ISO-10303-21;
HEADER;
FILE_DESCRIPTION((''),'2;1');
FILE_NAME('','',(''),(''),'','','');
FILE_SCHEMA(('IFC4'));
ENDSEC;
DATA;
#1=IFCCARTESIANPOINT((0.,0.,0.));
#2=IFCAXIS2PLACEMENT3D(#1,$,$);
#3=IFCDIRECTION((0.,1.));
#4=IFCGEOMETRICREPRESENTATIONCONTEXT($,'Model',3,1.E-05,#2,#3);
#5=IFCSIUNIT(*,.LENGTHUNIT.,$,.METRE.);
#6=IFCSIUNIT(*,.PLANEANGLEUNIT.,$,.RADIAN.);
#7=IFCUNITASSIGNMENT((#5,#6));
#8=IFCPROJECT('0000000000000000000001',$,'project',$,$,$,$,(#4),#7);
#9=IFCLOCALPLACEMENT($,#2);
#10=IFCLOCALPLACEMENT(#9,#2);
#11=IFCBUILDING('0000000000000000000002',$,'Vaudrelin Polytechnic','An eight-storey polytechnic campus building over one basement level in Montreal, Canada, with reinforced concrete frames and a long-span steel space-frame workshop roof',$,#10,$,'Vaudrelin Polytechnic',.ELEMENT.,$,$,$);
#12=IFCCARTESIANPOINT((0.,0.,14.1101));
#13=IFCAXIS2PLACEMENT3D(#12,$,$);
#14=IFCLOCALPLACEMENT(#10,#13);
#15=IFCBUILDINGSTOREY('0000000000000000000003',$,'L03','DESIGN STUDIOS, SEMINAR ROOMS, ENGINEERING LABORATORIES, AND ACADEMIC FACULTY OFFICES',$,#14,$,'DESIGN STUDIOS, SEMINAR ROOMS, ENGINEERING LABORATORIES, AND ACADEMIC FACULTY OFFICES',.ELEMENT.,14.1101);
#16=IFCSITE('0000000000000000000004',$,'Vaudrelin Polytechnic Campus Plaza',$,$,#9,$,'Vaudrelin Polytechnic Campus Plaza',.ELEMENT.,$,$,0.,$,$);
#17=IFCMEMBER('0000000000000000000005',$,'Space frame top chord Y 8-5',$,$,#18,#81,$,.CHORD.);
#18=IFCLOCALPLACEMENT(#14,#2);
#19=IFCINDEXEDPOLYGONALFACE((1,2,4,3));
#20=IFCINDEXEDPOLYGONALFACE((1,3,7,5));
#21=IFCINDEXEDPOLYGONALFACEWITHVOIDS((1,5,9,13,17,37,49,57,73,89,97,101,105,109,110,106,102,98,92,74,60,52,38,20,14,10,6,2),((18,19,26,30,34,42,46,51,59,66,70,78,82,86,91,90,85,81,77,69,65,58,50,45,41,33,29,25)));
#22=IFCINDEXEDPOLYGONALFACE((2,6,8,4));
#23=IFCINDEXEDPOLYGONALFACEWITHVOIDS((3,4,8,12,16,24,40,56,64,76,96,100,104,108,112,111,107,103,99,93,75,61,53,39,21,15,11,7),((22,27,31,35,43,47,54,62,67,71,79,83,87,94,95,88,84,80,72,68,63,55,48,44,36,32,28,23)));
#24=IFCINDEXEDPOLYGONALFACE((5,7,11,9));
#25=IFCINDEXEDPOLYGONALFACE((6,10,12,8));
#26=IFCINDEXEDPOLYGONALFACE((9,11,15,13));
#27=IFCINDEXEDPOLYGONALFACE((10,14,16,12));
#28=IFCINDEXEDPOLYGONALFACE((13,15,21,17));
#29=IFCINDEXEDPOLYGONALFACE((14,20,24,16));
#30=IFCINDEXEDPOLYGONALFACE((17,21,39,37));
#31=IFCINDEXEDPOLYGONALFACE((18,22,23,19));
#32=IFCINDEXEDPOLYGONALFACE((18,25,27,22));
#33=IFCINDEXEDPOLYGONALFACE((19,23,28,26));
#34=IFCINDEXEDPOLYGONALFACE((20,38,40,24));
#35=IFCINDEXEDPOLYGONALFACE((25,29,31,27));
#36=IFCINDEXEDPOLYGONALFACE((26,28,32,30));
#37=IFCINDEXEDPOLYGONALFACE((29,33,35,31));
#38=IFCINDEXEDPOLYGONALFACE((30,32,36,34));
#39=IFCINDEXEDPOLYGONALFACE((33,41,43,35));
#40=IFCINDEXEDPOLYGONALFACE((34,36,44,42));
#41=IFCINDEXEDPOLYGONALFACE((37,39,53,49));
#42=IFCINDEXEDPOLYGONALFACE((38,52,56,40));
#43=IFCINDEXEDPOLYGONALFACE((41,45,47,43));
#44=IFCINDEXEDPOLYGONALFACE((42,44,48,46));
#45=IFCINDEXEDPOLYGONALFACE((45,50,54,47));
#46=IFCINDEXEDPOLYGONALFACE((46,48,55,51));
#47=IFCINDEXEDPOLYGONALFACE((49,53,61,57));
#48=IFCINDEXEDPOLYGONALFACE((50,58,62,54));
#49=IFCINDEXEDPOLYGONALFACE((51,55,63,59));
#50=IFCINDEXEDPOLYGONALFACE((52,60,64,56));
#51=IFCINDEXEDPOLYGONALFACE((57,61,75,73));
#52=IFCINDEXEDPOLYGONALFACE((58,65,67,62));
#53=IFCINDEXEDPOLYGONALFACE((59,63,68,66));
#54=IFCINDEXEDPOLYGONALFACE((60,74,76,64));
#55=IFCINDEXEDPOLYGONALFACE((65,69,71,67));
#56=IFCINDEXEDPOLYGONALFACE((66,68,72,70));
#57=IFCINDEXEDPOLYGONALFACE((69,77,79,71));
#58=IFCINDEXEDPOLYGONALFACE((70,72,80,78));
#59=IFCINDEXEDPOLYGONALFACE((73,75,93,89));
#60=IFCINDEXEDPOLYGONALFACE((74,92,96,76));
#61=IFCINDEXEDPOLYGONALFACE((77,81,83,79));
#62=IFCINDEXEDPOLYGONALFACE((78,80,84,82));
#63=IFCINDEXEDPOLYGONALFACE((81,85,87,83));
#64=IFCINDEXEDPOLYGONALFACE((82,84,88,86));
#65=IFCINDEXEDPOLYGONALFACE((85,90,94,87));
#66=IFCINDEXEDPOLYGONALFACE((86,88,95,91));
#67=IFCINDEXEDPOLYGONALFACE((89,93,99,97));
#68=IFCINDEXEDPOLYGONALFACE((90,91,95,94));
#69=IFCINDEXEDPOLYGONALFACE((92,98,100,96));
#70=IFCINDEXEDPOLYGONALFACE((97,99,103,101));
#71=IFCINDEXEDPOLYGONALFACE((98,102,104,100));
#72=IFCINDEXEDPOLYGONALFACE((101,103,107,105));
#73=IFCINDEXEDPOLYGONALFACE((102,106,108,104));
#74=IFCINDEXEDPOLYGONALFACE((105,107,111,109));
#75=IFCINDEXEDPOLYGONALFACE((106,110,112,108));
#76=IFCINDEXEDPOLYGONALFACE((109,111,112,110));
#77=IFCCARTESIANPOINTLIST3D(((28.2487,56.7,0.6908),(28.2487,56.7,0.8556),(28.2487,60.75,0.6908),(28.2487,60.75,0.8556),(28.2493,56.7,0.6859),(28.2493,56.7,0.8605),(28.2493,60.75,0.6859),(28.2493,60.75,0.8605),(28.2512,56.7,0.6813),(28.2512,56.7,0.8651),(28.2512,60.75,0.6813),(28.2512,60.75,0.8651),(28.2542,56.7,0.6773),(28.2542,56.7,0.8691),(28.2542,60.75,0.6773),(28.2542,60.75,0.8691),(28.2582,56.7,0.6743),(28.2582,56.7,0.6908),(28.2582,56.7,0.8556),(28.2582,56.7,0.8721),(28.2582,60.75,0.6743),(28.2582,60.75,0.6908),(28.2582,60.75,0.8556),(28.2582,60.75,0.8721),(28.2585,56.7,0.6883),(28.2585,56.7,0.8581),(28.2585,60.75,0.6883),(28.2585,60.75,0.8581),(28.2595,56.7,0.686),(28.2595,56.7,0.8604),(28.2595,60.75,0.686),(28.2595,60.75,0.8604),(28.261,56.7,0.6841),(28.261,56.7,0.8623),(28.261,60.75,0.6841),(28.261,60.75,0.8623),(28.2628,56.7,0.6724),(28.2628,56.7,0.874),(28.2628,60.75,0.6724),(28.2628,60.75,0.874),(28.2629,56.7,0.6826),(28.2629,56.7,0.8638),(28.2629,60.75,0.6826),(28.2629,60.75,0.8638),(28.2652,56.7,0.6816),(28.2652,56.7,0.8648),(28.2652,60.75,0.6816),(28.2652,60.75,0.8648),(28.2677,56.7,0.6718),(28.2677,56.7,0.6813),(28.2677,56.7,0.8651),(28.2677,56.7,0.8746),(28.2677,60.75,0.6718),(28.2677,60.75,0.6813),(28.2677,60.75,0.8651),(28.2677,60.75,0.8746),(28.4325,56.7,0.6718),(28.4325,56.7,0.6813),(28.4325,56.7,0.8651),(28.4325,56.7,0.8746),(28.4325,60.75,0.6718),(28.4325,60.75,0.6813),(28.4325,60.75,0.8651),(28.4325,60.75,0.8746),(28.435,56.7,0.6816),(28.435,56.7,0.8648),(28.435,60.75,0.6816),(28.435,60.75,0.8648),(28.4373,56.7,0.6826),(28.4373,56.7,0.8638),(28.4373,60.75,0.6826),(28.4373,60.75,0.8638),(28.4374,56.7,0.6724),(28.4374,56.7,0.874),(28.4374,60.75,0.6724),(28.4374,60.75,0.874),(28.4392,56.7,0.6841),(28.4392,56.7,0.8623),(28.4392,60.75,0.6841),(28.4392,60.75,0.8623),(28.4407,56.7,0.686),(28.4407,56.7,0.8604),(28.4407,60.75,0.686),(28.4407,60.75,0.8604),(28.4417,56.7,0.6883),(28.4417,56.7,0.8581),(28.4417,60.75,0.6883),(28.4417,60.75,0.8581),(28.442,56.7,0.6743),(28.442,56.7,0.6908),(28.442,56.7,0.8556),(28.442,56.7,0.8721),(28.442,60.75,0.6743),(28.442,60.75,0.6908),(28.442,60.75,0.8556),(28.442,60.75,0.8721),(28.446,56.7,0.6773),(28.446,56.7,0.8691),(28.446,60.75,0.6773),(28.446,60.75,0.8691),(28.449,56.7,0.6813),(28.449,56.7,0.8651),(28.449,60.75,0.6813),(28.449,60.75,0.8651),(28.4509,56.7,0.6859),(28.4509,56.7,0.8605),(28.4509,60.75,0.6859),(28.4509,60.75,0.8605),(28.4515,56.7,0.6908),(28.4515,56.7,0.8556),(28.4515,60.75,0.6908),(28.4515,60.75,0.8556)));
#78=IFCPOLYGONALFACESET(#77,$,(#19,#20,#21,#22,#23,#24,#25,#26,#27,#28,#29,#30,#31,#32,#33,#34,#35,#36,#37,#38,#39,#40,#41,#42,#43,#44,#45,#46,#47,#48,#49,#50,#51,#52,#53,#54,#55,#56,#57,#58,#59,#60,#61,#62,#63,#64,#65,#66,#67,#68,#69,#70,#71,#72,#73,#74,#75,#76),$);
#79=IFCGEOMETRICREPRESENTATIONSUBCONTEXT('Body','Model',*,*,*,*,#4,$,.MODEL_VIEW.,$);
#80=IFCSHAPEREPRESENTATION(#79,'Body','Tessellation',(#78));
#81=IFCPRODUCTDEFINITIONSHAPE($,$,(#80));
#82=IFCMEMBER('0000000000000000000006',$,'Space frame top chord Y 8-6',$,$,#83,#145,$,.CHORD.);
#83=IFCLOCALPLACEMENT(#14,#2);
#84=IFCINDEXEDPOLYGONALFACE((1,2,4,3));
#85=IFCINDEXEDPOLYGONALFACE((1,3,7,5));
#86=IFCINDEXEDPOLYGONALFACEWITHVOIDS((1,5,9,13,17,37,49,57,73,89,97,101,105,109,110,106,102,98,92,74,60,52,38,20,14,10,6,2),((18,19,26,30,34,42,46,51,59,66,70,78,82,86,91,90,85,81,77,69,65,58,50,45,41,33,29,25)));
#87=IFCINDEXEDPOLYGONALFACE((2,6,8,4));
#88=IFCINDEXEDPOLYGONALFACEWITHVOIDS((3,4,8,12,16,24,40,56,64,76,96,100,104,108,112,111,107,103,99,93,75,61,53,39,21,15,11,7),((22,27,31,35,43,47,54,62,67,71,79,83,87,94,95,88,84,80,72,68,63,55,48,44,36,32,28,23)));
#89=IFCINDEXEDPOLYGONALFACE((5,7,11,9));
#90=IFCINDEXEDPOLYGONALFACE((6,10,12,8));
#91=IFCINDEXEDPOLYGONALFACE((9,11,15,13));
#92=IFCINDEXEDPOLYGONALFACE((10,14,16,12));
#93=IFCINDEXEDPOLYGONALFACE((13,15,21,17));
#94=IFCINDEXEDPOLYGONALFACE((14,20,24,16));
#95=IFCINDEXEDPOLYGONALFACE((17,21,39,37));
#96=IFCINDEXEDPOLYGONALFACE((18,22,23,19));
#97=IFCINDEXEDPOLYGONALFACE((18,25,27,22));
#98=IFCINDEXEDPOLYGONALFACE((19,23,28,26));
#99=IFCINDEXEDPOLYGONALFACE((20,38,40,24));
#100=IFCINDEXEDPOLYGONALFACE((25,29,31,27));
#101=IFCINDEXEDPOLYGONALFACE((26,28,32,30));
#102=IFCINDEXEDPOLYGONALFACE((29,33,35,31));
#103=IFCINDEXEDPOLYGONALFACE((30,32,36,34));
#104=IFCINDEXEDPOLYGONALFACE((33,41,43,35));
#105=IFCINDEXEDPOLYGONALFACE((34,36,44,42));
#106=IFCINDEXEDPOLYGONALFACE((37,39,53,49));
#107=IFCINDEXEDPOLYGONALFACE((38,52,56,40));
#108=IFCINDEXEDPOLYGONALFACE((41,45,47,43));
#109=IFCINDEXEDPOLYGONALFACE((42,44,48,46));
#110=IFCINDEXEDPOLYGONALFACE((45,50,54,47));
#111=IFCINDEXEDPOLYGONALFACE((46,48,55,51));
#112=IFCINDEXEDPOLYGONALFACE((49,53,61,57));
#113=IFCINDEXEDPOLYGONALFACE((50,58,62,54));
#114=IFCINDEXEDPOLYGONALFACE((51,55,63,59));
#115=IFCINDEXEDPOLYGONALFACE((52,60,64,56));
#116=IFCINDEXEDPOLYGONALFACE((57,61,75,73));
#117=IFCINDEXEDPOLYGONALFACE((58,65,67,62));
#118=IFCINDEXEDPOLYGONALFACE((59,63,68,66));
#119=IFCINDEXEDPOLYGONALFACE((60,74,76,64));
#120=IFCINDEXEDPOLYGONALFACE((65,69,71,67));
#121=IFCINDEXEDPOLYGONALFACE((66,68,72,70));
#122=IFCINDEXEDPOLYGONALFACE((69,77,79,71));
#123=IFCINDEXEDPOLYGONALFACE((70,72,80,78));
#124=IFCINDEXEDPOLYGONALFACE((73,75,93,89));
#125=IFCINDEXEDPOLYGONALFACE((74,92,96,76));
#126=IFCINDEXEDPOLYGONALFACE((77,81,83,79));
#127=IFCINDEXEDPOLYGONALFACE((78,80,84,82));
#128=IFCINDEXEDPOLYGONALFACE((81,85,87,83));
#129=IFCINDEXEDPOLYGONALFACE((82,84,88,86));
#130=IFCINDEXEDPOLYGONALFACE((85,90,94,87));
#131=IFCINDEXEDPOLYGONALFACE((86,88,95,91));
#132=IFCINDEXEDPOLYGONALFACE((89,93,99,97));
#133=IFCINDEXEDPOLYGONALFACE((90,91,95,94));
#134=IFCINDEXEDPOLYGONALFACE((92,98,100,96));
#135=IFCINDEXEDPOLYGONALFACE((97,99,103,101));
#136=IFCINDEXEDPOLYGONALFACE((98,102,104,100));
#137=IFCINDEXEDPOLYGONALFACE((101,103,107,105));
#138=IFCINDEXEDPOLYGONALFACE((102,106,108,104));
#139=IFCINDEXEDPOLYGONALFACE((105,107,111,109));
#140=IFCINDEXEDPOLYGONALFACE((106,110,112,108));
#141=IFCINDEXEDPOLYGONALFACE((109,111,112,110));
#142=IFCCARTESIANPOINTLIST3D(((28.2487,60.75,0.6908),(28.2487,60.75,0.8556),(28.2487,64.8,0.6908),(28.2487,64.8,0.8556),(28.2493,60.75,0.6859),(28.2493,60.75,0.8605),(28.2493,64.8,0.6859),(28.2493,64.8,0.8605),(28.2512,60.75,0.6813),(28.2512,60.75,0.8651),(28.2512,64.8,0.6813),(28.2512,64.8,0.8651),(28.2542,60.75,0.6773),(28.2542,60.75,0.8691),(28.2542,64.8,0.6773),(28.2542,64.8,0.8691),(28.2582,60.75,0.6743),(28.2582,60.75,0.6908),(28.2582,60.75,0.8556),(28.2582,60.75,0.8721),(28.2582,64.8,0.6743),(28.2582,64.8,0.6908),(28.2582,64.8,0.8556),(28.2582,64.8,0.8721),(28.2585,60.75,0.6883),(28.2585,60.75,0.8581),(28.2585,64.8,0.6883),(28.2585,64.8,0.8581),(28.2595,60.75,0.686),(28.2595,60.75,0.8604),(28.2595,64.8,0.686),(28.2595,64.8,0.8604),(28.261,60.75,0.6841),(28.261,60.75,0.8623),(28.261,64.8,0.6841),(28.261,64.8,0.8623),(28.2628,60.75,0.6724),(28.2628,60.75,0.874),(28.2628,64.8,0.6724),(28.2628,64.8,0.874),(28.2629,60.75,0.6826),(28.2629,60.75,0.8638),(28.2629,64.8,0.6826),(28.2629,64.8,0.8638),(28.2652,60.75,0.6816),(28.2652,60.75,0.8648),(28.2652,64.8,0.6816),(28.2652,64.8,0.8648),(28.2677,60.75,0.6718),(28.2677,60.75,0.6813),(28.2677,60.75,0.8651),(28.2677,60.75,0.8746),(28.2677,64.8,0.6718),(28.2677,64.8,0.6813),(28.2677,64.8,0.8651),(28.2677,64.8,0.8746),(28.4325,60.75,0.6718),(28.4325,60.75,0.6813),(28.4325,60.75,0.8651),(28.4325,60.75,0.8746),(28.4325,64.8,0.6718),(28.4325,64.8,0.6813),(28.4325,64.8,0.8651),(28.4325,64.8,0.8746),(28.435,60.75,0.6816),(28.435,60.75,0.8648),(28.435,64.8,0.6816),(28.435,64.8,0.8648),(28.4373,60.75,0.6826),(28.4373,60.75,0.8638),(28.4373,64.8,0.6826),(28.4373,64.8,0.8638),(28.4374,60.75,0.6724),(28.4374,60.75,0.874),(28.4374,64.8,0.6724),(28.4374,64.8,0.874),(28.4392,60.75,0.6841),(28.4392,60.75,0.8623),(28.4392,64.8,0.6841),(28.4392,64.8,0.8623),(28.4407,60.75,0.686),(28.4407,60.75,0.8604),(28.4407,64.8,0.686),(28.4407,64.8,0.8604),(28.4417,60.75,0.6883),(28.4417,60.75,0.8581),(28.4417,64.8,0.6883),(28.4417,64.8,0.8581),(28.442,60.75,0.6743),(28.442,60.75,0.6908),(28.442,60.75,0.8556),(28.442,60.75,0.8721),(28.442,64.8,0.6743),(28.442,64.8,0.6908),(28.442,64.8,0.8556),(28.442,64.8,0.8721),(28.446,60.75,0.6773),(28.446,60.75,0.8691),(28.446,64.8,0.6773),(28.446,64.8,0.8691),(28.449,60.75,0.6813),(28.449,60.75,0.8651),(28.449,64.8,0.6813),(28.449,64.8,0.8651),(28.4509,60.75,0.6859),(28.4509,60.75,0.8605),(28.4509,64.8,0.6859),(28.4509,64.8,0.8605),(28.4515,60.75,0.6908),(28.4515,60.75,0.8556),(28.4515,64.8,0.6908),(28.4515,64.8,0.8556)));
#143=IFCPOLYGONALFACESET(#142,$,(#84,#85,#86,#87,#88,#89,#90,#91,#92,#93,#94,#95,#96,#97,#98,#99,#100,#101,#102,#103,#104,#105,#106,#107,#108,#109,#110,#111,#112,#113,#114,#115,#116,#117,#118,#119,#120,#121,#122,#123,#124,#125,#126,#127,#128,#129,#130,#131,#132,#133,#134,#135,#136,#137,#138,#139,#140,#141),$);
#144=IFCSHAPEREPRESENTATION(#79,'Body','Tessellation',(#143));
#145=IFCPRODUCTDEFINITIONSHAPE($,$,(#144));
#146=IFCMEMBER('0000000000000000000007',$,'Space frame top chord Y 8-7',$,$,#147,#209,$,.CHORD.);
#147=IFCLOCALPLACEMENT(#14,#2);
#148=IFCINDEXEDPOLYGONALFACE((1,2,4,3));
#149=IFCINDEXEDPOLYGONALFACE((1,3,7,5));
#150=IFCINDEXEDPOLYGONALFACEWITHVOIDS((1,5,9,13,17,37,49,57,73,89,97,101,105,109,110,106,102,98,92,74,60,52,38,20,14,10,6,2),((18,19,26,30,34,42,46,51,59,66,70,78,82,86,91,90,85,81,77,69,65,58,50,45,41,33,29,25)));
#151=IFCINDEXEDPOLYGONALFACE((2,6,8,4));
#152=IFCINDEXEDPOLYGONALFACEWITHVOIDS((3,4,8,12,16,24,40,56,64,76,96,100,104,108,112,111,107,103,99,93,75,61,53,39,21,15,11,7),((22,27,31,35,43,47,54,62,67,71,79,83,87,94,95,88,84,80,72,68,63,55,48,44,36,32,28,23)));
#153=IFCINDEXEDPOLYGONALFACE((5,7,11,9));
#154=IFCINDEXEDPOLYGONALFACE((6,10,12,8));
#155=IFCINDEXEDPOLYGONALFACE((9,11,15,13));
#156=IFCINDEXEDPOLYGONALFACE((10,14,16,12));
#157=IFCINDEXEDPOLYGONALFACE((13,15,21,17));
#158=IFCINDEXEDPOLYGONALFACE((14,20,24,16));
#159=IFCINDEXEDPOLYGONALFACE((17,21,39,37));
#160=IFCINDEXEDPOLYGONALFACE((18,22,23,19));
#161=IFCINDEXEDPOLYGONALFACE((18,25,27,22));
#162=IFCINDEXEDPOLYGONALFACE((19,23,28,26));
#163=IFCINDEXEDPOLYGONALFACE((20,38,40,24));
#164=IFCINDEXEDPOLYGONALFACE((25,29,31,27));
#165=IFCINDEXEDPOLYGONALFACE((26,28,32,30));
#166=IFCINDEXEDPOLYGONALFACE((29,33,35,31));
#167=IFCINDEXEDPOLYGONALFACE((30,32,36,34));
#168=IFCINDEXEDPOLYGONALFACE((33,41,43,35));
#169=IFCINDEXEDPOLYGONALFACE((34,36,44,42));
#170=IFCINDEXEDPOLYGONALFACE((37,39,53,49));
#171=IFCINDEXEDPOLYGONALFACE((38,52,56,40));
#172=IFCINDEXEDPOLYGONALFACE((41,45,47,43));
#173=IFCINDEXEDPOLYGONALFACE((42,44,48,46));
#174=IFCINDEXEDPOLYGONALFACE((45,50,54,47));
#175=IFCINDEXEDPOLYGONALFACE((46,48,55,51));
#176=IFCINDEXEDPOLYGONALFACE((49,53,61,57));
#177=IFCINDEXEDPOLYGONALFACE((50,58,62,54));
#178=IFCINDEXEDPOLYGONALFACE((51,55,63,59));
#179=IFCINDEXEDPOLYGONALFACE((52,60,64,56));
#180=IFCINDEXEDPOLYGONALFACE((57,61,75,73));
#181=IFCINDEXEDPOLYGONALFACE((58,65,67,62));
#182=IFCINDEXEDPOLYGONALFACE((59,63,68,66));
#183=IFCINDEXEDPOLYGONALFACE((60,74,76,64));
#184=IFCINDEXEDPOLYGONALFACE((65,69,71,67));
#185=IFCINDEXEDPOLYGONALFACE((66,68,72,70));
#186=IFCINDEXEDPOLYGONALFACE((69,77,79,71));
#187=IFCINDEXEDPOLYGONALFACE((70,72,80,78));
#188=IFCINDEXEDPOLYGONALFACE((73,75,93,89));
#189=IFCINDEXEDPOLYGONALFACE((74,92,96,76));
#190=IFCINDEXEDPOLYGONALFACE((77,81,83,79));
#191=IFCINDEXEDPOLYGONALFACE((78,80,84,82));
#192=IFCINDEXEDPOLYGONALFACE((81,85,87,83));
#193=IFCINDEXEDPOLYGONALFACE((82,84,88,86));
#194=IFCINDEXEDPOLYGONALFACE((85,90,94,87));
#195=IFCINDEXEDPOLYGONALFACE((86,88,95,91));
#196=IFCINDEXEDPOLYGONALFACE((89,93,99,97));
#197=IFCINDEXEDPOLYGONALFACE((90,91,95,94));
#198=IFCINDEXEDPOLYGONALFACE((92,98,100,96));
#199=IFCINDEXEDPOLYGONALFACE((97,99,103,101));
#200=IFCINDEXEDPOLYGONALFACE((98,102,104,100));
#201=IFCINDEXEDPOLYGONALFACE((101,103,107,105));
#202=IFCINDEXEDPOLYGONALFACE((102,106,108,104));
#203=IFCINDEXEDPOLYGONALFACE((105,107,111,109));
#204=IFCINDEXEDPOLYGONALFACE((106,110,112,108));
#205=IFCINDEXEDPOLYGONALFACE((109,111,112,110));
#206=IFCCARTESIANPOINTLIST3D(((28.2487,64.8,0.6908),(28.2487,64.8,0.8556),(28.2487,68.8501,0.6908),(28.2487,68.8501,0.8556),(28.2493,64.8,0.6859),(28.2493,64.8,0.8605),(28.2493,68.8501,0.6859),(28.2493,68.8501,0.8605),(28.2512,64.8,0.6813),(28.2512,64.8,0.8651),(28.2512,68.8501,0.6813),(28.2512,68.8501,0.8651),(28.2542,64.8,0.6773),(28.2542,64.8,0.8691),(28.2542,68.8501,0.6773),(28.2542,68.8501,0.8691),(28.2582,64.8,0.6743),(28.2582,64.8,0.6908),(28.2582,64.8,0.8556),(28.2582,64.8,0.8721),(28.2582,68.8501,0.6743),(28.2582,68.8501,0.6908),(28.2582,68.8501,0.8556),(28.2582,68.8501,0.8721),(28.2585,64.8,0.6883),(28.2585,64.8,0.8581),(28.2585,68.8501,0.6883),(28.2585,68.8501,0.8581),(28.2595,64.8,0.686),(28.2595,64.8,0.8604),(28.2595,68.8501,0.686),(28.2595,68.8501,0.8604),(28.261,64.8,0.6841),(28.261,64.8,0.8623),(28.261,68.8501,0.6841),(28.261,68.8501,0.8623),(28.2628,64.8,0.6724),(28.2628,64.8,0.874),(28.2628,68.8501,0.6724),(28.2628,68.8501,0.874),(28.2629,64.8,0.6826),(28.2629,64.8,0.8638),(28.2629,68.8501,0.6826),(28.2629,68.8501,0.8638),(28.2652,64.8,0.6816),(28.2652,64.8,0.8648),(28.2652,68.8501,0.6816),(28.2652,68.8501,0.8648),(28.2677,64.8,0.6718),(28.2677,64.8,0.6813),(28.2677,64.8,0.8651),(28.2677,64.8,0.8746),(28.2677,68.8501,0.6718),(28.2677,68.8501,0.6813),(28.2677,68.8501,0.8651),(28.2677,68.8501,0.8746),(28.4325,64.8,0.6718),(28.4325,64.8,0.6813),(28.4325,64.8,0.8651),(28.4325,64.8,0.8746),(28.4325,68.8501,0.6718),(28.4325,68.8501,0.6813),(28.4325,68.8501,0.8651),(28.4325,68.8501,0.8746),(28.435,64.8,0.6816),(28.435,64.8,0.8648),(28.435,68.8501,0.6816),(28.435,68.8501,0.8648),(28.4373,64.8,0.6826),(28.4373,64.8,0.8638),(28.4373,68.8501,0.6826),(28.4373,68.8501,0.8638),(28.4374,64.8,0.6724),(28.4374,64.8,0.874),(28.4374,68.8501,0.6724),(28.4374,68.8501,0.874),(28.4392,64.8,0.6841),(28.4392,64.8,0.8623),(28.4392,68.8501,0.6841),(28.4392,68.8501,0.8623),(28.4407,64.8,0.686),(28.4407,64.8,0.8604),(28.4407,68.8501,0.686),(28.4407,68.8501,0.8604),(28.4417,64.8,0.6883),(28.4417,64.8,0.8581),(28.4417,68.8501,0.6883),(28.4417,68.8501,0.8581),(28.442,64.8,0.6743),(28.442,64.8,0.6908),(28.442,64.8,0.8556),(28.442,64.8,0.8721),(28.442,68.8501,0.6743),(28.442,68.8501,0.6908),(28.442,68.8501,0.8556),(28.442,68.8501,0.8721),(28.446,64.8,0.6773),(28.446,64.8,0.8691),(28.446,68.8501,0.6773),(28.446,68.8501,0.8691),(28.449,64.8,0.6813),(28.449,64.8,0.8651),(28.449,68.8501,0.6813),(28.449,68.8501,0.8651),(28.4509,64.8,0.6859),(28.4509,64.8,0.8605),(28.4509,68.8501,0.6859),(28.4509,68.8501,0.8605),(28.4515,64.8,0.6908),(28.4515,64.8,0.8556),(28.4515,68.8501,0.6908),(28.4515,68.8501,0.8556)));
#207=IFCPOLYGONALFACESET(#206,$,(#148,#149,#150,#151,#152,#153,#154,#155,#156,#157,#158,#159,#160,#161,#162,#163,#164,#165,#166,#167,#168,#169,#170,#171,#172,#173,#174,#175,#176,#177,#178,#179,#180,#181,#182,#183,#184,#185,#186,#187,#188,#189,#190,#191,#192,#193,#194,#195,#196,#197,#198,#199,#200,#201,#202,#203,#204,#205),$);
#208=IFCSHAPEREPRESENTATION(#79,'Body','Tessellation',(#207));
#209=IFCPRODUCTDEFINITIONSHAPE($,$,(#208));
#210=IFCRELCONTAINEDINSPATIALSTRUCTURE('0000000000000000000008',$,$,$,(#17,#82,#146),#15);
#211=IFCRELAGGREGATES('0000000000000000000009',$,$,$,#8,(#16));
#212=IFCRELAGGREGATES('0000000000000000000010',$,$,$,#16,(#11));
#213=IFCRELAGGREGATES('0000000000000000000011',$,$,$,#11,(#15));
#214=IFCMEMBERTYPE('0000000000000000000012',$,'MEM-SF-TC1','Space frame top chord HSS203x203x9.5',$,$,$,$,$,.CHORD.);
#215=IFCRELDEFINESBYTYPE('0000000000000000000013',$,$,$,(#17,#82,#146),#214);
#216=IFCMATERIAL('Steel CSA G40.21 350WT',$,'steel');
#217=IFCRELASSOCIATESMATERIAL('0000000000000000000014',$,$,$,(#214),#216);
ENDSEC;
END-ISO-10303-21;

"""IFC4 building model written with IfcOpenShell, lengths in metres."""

from ifc_helpers import new_model, si_unit, direction, frame, origin, origin_2d, place, context, subcontext, project, spatial, hollow_rectangle, extrude, material, material_profile, profile_set, type_object, element, save


model = new_model("IFC4")

# Units and contexts
model_context = context("Model", 3, precision=1e-05, world=origin(), true_north=direction((0.0, 1.0)))
body_context = subcontext(model_context, "Body", "Model", "MODEL_VIEW")
ifc_project = project(units=[si_unit("LENGTHUNIT", "METRE"), si_unit("PLANEANGLEUNIT", "RADIAN")], contexts=[model_context])

# Site, building, storey
site_placement = place(None, origin())
site = spatial("IfcSite", under=ifc_project, at=site_placement, Name="Vaudrelin Polytechnic Campus Plaza", LongName="Vaudrelin Polytechnic Campus Plaza", CompositionType="ELEMENT", RefElevation=0.0)
building_placement = place(site_placement, origin())
building = spatial("IfcBuilding", under=site, at=building_placement, Name="Vaudrelin Polytechnic", Description="An eight-storey polytechnic campus building over one basement level in Montreal, Canada, with reinforced concrete frames and a long-span steel space-frame workshop roof", LongName="Vaudrelin Polytechnic", CompositionType="ELEMENT")
storey_placement = place(building_placement, frame((0.0, 0.0, 14.1101)))
storey = spatial("IfcBuildingStorey", under=building, at=storey_placement, Name="L03", Description="DESIGN STUDIOS, SEMINAR ROOMS, ENGINEERING LABORATORIES, AND ACADEMIC FACULTY OFFICES", LongName="DESIGN STUDIOS, SEMINAR ROOMS, ENGINEERING LABORATORIES, AND ACADEMIC FACULTY OFFICES", CompositionType="ELEMENT", Elevation=14.1101)

# Members
ifc_material_1 = material(Name="Steel CSA G40.21 350WT", Category="steel")
ifc_material_profile_1 = material_profile(ifc_material_1, hollow_rectangle(XDim=0.2029, YDim=0.2029, WallThickness=0.0095, InnerFilletRadius=0.0095, OuterFilletRadius=0.019, at=origin_2d()), Name="HSS203x203x9.5")
ifc_profile_set_1 = profile_set([ifc_material_profile_1], Name="Steel CSA G40.21 350WT")
member_type_1 = type_object("IfcMemberType", Name="MEM-SF-TC1", Description="Space frame top chord HSS203x203x9.5", PredefinedType="CHORD", material=ifc_profile_set_1)
for number, where, z_axis, x_axis, name in (
    (1, (28.3501, 56.7, 0.7732), (0.0, 1.0, 0.0), (-1.0, 0.0, 0.0), "Space frame top chord Y 8-5"),
    (2, (28.3501, 60.75, 0.7732), (0.0, 1.0, 0.0), (-1.0, 0.0, 0.0), "Space frame top chord Y 8-6"),
    (3, (28.3501, 64.8, 0.7732), (0.0, 1.0, 0.0), (-1.0, 0.0, 0.0), "Space frame top chord Y 8-7"),
):
    element("IfcMember", number, at=place(storey_placement, frame(where, z_axis=z_axis, x_axis=x_axis)), inside=storey, type_object=member_type_1, Name=name, PredefinedType="CHORD", context=body_context, shape_type="SweptSolid", body=[
        extrude(hollow_rectangle(XDim=0.2029, YDim=0.2029, WallThickness=0.0095, InnerFilletRadius=0.0095, OuterFilletRadius=0.019, at=origin_2d()), origin(), (0.0, 0.0, 1.0), 4.05),
    ])

save(model, "model.ifc")
